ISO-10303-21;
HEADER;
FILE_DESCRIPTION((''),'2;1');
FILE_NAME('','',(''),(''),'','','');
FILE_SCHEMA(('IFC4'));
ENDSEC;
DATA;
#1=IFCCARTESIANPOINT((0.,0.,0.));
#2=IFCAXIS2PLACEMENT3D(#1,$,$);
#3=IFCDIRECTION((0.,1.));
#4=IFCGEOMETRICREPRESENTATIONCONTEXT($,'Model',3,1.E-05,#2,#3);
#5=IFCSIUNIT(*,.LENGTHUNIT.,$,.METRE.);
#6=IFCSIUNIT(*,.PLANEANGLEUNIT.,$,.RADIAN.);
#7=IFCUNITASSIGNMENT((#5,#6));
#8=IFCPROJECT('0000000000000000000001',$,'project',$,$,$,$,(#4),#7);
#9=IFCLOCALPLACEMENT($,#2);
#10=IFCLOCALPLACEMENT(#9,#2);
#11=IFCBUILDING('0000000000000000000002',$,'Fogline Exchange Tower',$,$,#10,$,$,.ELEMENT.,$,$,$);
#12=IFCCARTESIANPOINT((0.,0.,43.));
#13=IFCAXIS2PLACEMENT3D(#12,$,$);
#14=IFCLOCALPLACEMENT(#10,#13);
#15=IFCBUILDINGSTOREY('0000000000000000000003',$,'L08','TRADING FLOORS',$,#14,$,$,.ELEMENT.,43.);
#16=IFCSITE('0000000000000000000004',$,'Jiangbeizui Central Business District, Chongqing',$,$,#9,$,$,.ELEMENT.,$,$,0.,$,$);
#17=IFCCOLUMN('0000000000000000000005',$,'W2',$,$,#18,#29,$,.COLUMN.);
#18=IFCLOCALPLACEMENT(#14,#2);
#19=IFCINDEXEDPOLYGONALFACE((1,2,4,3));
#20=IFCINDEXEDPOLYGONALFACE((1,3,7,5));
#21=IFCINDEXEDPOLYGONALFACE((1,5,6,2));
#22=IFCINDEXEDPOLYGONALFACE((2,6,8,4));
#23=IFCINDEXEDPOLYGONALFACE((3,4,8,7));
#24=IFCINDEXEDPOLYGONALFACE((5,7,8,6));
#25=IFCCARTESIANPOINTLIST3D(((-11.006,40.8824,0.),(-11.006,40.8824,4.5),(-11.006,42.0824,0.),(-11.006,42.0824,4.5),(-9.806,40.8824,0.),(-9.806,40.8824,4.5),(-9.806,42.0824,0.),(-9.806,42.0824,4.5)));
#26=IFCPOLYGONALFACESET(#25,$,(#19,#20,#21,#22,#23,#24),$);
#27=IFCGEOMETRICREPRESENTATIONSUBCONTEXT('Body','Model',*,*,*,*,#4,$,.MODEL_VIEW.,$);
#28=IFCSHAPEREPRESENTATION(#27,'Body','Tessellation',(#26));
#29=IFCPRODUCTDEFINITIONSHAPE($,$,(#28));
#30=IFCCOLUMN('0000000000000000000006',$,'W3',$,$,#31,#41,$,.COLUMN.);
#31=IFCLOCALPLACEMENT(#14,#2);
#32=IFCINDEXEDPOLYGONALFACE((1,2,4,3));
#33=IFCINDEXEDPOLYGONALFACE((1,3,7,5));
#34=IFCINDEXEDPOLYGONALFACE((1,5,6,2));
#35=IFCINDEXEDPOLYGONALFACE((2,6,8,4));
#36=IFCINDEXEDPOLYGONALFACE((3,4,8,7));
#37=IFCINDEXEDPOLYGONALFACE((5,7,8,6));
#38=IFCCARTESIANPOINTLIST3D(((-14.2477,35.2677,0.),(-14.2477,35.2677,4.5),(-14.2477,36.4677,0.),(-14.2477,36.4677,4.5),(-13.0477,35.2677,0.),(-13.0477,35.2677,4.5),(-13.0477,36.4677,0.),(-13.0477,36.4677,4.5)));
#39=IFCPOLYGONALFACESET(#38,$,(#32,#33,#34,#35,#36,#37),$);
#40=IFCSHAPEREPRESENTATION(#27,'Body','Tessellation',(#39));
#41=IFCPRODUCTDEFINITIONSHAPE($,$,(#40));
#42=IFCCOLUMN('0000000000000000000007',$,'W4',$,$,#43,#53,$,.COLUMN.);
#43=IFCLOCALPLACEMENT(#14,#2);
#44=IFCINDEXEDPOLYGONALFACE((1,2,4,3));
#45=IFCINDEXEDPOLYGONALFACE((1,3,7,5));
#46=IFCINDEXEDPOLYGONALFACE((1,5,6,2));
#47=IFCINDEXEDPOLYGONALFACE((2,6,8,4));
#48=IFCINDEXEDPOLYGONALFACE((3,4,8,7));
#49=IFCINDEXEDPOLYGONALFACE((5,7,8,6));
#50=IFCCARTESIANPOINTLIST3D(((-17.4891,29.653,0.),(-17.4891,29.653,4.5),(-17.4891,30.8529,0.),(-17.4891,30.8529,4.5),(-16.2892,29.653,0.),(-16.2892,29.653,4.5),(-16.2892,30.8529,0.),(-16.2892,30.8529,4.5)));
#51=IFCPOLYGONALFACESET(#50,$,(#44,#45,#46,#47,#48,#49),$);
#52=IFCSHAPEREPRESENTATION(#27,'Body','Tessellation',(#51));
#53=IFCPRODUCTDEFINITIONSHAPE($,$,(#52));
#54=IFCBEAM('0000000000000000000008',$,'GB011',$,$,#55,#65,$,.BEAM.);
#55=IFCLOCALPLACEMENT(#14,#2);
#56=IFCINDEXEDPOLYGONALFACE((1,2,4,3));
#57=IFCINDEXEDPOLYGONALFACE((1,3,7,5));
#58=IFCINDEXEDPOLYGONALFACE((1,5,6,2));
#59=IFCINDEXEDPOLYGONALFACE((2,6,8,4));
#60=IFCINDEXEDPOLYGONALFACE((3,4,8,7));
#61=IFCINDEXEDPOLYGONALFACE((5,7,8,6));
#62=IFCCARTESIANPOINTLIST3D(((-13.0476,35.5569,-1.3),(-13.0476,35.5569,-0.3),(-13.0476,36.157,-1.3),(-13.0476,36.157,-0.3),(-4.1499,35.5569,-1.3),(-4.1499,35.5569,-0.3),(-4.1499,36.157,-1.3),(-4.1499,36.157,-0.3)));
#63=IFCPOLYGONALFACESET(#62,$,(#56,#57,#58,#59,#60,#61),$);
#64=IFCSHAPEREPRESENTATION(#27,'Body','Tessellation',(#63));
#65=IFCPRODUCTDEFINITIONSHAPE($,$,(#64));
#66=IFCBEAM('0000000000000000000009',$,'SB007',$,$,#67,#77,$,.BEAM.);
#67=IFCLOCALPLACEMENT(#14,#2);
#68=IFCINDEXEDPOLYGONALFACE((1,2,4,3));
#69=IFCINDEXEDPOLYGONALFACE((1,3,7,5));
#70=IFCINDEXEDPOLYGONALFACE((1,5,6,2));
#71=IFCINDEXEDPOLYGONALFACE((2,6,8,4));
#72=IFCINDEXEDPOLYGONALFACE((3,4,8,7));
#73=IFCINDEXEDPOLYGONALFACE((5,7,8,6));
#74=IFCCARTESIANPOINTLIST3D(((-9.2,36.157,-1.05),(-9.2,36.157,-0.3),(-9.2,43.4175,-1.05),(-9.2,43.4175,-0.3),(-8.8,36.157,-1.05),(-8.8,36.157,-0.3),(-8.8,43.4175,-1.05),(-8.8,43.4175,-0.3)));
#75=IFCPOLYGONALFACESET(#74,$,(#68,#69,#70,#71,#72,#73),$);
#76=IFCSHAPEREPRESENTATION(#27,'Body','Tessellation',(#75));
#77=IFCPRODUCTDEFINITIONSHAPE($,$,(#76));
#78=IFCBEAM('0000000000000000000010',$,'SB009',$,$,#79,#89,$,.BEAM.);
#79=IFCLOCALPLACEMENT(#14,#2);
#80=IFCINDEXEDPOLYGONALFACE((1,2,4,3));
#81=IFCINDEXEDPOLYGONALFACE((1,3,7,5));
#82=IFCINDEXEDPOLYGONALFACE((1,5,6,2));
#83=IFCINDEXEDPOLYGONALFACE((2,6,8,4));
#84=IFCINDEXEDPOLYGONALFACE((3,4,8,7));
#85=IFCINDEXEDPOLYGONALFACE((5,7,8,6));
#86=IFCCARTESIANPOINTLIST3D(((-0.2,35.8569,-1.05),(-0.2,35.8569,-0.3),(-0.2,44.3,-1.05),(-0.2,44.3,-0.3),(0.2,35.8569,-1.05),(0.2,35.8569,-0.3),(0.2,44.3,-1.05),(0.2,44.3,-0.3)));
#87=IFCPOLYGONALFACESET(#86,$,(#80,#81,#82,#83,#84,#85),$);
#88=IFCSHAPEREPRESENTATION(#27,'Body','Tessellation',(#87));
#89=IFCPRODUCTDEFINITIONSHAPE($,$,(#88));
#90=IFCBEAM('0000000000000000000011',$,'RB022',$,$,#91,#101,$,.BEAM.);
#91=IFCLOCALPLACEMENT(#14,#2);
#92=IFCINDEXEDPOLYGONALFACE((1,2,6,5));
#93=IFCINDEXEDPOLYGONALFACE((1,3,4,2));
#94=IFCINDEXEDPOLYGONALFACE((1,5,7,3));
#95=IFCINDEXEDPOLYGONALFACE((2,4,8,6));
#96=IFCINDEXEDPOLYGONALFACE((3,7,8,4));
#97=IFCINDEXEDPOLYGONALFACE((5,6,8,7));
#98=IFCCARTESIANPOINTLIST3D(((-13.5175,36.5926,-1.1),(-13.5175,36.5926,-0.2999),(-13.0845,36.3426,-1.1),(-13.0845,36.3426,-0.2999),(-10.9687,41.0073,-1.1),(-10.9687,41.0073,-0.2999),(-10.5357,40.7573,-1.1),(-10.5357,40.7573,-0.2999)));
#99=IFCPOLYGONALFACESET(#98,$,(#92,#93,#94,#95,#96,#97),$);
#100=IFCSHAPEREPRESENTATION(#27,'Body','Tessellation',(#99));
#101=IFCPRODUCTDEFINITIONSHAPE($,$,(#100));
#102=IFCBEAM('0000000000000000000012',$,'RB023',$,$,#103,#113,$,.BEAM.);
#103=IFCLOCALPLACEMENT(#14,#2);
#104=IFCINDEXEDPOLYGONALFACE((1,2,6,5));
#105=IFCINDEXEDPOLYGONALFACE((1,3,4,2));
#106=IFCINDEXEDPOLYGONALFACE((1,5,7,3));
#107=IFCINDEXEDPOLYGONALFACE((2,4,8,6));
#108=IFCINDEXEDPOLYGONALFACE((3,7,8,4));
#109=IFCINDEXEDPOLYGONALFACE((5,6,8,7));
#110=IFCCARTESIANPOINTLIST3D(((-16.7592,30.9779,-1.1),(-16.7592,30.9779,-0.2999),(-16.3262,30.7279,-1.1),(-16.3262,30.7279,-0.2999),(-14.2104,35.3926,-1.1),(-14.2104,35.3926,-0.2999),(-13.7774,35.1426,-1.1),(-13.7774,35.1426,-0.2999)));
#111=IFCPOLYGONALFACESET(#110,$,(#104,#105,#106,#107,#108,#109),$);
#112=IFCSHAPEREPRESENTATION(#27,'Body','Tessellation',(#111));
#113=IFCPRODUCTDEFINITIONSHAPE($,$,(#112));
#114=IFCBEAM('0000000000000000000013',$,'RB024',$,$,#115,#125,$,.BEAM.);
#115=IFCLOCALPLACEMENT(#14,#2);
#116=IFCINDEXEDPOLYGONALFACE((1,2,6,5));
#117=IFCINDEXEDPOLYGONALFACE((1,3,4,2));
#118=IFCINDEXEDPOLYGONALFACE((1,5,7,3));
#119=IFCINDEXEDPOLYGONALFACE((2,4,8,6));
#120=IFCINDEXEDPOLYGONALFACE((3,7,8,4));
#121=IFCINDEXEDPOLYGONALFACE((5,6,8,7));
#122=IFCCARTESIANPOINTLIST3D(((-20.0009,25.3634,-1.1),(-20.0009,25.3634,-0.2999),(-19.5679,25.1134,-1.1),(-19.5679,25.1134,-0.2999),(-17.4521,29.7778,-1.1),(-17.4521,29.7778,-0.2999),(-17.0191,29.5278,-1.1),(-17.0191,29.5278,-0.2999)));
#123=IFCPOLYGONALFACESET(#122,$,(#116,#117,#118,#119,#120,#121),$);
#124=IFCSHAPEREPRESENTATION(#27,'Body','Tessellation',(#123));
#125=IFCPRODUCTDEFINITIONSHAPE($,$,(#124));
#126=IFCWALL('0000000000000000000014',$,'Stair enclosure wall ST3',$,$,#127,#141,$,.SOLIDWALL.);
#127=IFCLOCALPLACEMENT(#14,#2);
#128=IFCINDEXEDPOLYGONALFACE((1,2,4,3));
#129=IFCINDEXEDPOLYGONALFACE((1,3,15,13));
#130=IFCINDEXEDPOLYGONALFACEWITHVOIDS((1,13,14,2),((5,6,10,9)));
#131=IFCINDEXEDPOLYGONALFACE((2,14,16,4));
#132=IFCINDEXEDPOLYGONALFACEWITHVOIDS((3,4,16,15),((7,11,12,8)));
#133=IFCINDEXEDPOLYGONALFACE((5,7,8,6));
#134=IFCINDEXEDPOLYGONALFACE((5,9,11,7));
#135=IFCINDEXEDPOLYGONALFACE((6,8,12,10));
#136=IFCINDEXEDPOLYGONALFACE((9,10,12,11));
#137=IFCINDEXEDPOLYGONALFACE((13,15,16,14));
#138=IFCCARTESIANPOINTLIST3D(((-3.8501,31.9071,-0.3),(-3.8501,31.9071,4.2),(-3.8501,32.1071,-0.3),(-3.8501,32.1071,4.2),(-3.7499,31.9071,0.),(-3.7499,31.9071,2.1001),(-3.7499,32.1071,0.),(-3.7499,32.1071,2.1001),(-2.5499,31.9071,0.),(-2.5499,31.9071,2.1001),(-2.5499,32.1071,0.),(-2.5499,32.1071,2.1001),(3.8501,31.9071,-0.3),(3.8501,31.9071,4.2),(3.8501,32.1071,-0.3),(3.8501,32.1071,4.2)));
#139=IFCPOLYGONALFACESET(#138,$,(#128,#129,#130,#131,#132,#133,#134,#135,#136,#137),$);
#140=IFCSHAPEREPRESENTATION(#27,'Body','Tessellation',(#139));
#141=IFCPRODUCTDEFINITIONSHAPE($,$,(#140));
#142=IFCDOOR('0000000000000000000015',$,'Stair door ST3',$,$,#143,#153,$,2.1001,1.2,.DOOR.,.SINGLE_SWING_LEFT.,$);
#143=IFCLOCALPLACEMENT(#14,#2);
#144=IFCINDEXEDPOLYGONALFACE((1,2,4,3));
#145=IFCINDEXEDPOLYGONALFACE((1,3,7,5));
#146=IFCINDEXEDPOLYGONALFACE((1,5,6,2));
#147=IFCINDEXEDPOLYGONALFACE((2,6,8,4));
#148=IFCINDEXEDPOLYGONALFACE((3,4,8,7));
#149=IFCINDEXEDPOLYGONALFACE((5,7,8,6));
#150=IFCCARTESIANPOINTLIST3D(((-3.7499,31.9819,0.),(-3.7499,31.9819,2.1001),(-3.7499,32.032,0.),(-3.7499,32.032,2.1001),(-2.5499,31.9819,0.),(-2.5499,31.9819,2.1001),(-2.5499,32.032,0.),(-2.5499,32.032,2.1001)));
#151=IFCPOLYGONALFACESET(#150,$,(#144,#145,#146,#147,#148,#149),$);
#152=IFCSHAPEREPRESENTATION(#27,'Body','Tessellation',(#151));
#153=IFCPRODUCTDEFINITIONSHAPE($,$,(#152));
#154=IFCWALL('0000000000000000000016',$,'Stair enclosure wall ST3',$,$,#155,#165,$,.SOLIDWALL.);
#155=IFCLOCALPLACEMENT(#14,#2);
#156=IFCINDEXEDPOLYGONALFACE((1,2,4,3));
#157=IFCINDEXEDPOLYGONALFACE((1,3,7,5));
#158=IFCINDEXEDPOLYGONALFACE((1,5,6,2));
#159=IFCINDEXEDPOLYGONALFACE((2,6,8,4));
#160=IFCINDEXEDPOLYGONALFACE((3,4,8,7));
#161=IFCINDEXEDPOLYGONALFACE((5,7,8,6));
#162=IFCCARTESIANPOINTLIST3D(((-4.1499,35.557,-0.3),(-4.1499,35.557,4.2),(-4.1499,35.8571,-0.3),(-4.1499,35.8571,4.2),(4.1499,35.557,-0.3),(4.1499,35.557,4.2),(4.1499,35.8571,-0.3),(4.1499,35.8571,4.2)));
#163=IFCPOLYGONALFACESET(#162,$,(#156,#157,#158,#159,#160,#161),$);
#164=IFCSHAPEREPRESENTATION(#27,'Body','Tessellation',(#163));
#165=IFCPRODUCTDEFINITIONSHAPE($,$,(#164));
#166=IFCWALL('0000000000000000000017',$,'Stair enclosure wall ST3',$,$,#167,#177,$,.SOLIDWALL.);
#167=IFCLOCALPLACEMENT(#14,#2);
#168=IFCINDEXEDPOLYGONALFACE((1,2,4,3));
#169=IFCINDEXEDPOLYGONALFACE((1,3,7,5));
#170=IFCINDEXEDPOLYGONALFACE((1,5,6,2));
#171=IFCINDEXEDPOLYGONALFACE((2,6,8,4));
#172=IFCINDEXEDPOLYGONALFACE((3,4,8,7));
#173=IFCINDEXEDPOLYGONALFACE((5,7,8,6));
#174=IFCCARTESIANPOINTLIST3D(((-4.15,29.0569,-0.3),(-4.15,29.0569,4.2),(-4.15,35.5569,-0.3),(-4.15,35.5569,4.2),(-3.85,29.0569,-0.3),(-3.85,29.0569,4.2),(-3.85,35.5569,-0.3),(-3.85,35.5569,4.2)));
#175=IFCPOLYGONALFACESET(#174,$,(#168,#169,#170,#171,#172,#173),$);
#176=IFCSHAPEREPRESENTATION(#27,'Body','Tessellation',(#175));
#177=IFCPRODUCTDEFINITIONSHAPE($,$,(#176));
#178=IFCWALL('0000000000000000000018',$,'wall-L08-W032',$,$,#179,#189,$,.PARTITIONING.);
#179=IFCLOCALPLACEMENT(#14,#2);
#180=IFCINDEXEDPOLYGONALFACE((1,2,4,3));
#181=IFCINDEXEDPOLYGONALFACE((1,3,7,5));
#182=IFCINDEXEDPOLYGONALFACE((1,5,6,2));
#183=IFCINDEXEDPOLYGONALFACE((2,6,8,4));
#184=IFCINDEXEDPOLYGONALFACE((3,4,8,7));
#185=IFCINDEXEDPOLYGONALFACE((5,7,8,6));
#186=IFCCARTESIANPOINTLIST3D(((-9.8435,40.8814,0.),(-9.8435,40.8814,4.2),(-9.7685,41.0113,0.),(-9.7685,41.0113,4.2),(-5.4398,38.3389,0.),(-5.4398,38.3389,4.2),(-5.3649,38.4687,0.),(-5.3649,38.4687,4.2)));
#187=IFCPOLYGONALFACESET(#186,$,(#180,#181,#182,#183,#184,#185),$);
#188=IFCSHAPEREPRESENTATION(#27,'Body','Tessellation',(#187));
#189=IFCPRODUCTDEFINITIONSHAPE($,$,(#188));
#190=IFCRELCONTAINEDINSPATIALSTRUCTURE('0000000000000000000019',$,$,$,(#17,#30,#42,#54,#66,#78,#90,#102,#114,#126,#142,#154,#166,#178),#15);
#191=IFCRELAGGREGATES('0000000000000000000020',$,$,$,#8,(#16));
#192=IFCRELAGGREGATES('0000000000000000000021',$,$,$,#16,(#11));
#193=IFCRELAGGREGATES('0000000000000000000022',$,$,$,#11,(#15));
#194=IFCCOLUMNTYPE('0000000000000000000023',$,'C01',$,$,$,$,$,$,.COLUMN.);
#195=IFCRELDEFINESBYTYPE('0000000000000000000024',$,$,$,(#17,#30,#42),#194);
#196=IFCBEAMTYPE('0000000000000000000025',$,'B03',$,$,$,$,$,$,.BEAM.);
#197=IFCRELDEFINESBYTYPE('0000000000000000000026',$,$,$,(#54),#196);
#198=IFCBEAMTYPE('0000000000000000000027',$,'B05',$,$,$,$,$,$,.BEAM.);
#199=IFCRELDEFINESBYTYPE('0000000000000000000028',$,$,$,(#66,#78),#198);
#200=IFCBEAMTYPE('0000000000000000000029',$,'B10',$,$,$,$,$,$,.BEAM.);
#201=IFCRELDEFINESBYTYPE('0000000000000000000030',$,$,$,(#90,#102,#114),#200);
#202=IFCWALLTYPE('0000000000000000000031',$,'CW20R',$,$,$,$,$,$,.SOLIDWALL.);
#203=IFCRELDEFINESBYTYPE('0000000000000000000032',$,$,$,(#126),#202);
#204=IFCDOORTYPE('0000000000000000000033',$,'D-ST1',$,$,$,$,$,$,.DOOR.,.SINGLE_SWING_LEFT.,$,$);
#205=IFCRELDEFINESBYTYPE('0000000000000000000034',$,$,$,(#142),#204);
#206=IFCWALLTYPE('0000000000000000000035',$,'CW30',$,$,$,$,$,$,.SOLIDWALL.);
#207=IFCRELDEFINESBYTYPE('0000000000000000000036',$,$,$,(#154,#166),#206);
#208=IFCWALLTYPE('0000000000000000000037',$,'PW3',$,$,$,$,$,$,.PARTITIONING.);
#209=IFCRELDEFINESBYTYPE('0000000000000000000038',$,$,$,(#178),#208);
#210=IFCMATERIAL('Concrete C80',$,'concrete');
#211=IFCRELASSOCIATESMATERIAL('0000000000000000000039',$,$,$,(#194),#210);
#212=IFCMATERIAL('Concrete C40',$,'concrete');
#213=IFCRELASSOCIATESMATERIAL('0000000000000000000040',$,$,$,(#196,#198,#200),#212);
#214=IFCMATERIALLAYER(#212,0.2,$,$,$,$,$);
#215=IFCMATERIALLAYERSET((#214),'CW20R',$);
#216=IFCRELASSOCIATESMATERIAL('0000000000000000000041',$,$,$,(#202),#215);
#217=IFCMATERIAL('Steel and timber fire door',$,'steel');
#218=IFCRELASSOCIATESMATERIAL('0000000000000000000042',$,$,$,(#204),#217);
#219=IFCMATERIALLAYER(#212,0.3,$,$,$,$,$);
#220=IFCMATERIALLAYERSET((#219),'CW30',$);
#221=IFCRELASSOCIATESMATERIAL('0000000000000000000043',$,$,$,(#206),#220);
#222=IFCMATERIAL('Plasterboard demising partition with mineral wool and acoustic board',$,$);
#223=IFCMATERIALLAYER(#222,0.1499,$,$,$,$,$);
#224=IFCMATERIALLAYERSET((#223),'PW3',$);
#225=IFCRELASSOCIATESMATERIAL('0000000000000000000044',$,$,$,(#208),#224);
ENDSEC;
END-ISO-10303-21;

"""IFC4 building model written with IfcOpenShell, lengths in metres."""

from ifc_helpers import new_model, si_unit, direction, frame, frame_2d, origin, origin_2d, place, context, subcontext, project, spatial, rectangle, extrude, material, layer, layer_set, material_profile, profile_set, type_object, element, fill, save


model = new_model("IFC4")

# Units and contexts
model_context = context("Model", 3, precision=1e-05, world=origin(), true_north=direction((0.0, 1.0)))
body_context = subcontext(model_context, "Body", "Model", "MODEL_VIEW")
ifc_project = project(units=[si_unit("LENGTHUNIT", "METRE"), si_unit("PLANEANGLEUNIT", "RADIAN")], contexts=[model_context])

# Site, building, storey
site_placement = place(None, origin())
site = spatial("IfcSite", under=ifc_project, at=site_placement, Name="Jiangbeizui Central Business District, Chongqing", CompositionType="ELEMENT", RefElevation=0.0)
building_placement = place(site_placement, origin())
building = spatial("IfcBuilding", under=site, at=building_placement, Name="Fogline Exchange Tower", CompositionType="ELEMENT")
storey_placement = place(building_placement, frame((0.0, 0.0, 43.0)))
storey = spatial("IfcBuildingStorey", under=building, at=storey_placement, Name="L08", Description="TRADING FLOORS", CompositionType="ELEMENT", Elevation=43.0)

# Columns
ifc_material_1 = material(Name="Concrete C80", Category="concrete")
ifc_material_profile_1 = material_profile(ifc_material_1, rectangle(XDim=1.2, YDim=1.2, at=origin_2d()), Name="RC 1200x1200")
ifc_profile_set_1 = profile_set([ifc_material_profile_1], Name="Concrete C80")
column_type = type_object("IfcColumnType", Name="C01", PredefinedType="COLUMN", material=ifc_profile_set_1)
for number, where, z_axis, x_axis, name in (
    (1, (-10.406, 41.4824, 0.0), (0.0, 0.0, 1.0), (1.0, 0.0, 0.0), "W2"),
    (2, (-13.6477, 35.8677, 0.0), (0.0, 0.0, 1.0), (1.0, 0.0, 0.0), "W3"),
    (3, (-16.8892, 30.2529, 0.0), (0.0, 0.0, 1.0), (1.0, 0.0, 0.0), "W4"),
):
    element("IfcColumn", number, at=place(storey_placement, frame(where, z_axis=z_axis, x_axis=x_axis)), inside=storey, type_object=column_type, Name=name, PredefinedType="COLUMN", context=body_context, shape_type="SweptSolid", body=[
        extrude(rectangle(XDim=1.2, YDim=1.2, at=origin_2d()), origin(), (0.0, 0.0, 1.0), 4.5),
    ])

# Beams
ifc_material_2 = material(Name="Concrete C40", Category="concrete")
ifc_material_profile_2 = material_profile(ifc_material_2, rectangle(XDim=0.6001, YDim=1.0, at=origin_2d()), Name="RC 600x1000")
ifc_profile_set_2 = profile_set([ifc_material_profile_2], Name="Concrete C40")
beam_type_1 = type_object("IfcBeamType", Name="B03", PredefinedType="BEAM", material=ifc_profile_set_2)
beam_1_placement = place(storey_placement, frame((-13.0476, 35.8569, -0.8), z_axis=(1.0, 0.0, 0.0), x_axis=(0.0, 1.0, 0.0)))
element("IfcBeam", 4, at=beam_1_placement, inside=storey, type_object=beam_type_1, Name="GB011", PredefinedType="BEAM", context=body_context, shape_type="SweptSolid", body=[
    extrude(rectangle(XDim=0.6001, YDim=1.0, at=origin_2d()), origin(), (0.0, 0.0, 1.0), 8.8977),
])
ifc_material_profile_3 = material_profile(ifc_material_2, rectangle(XDim=0.3999, YDim=0.75, at=origin_2d()), Name="RC 400x750")
ifc_profile_set_3 = profile_set([ifc_material_profile_3], Name="Concrete C40")
beam_type_2 = type_object("IfcBeamType", Name="B05", PredefinedType="BEAM", material=ifc_profile_set_3)
beam_2_placement = place(storey_placement, frame((-9.0, 36.157, -0.675), z_axis=(0.0, 1.0, 0.0), x_axis=(-1.0, 0.0, 0.0)))
element("IfcBeam", 5, at=beam_2_placement, inside=storey, type_object=beam_type_2, Name="SB007", PredefinedType="BEAM", context=body_context, shape_type="SweptSolid", body=[
    extrude(rectangle(XDim=0.3999, YDim=0.75, at=origin_2d()), origin(), (0.0, 0.0, 1.0), 7.2605),
])
beam_3_placement = place(storey_placement, frame((0.0, 35.8569, -0.675), z_axis=(0.0, 1.0, 0.0), x_axis=(-1.0, 0.0, 0.0)))
element("IfcBeam", 6, at=beam_3_placement, inside=storey, type_object=beam_type_2, Name="SB009", PredefinedType="BEAM", context=body_context, shape_type="SweptSolid", body=[
    extrude(rectangle(XDim=0.3999, YDim=0.75, at=origin_2d()), origin(), (0.0, 0.0, 1.0), 8.4431),
])
ifc_material_profile_4 = material_profile(ifc_material_2, rectangle(XDim=0.5, YDim=0.8, at=origin_2d()), Name="RC 500x800")
ifc_profile_set_4 = profile_set([ifc_material_profile_4], Name="Concrete C40")
beam_type_3 = type_object("IfcBeamType", Name="B10", PredefinedType="BEAM", material=ifc_profile_set_4)
for number, where, z_axis, x_axis, name in (
    (7, (-10.7522, 40.8823, -0.7), (-0.499992, -0.86603, 0.0), (0.86603, -0.499992, 0.0), "RB022"),
    (8, (-13.9939, 35.2676, -0.7), (-0.499992, -0.86603, 0.0), (0.86603, -0.499992, 0.0), "RB023"),
):
    element("IfcBeam", number, at=place(storey_placement, frame(where, z_axis=z_axis, x_axis=x_axis)), inside=storey, type_object=beam_type_3, Name=name, PredefinedType="BEAM", context=body_context, shape_type="SweptSolid", body=[
        extrude(rectangle(XDim=0.5, YDim=0.8, at=origin_2d()), origin(), (0.0, 0.0, 1.0), 5.0977),
    ])
beam_4_placement = place(storey_placement, frame((-17.2356, 29.6528, -0.7), z_axis=(-0.500013, -0.866018, 0.0), x_axis=(0.866018, -0.500013, 0.0)))
element("IfcBeam", 9, at=beam_4_placement, inside=storey, type_object=beam_type_3, Name="RB024", PredefinedType="BEAM", context=body_context, shape_type="SweptSolid", body=[
    extrude(rectangle(XDim=0.5, YDim=0.8, at=origin_2d()), origin(), (0.0, 0.0, 1.0), 5.0974),
])

# Wall, opening, door
ifc_layer_1 = layer(ifc_material_2, 0.2)
ifc_layer_set_1 = layer_set([ifc_layer_1], Name="CW20R")
wall_type_1 = type_object("IfcWallType", Name="CW20R", PredefinedType="SOLIDWALL", material=ifc_layer_set_1)
wall_1_placement = place(storey_placement, frame((-3.8501, 32.0071, -0.3), z_axis=(0.0, 0.0, 1.0), x_axis=(1.0, 0.0, 0.0)))
wall_1 = element("IfcWall", 10, at=wall_1_placement, inside=storey, type_object=wall_type_1, Name="Stair enclosure wall ST3", PredefinedType="SOLIDWALL", context=body_context, shape_type="SweptSolid", body=[
    extrude(rectangle(XDim=7.7002, YDim=0.2, at=frame_2d((3.8501, 0.0))), origin(), (0.0, 0.0, 1.0), 4.5),
])
opening_placement = place(wall_1_placement, frame((0.1001, 0.0, 0.3)))
opening = element("IfcOpeningElement", 11, at=opening_placement, cuts=wall_1, PredefinedType="OPENING", context=body_context, shape_type="SweptSolid", body=[
    extrude(rectangle(XDim=1.2, YDim=2.1001, at=frame_2d((0.6001, 1.05))), frame((0.0, 0.1099, 0.0), z_axis=(0.0, -1.0, 0.0), x_axis=(1.0, 0.0, 0.0)), (0.0, 0.0, 1.0), 0.22),
])
ifc_material_3 = material(Name="Steel and timber fire door", Category="steel")
door_type = type_object("IfcDoorType", Name="D-ST1", OperationType="SINGLE_SWING_LEFT", PredefinedType="DOOR", material=ifc_material_3)
door_placement = place(opening_placement, origin())
door = element("IfcDoor", 12, at=door_placement, inside=storey, type_object=door_type, Name="Stair door ST3", OperationType="SINGLE_SWING_LEFT", OverallHeight=2.1001, OverallWidth=1.2, PredefinedType="DOOR", context=body_context, shape_type="SweptSolid", body=[
    extrude(rectangle(XDim=1.2, YDim=2.1001, at=frame_2d((0.6001, 1.05))), frame((0.0, 0.0249, 0.0), z_axis=(0.0, -1.0, 0.0), x_axis=(1.0, 0.0, 0.0)), (0.0, 0.0, 1.0), 0.05),
])
fill(opening, door)

# Walls
ifc_layer_2 = layer(ifc_material_2, 0.3)
ifc_layer_set_2 = layer_set([ifc_layer_2], Name="CW30")
wall_type_2 = type_object("IfcWallType", Name="CW30", PredefinedType="SOLIDWALL", material=ifc_layer_set_2)
wall_2_placement = place(storey_placement, frame((-4.1499, 35.707, -0.3), z_axis=(0.0, 0.0, 1.0), x_axis=(1.0, 0.0, 0.0)))
element("IfcWall", 13, at=wall_2_placement, inside=storey, type_object=wall_type_2, Name="Stair enclosure wall ST3", PredefinedType="SOLIDWALL", context=body_context, shape_type="SweptSolid", body=[
    extrude(rectangle(XDim=8.2998, YDim=0.3, at=frame_2d((4.1499, 0.0))), origin(), (0.0, 0.0, 1.0), 4.5),
])
wall_3_placement = place(storey_placement, frame((-4.0, 29.0569, -0.3), z_axis=(0.0, 0.0, 1.0), x_axis=(0.0, 1.0, 0.0)))
element("IfcWall", 14, at=wall_3_placement, inside=storey, type_object=wall_type_2, Name="Stair enclosure wall ST3", PredefinedType="SOLIDWALL", context=body_context, shape_type="SweptSolid", body=[
    extrude(rectangle(XDim=6.5, YDim=0.3, at=frame_2d((3.25, 0.0))), origin(), (0.0, 0.0, 1.0), 4.5),
])
ifc_material_4 = material(Name="Plasterboard demising partition with mineral wool and acoustic board")
ifc_layer_3 = layer(ifc_material_4, 0.1499)
ifc_layer_set_3 = layer_set([ifc_layer_3], Name="PW3")
wall_type_3 = type_object("IfcWallType", Name="PW3", PredefinedType="PARTITIONING", material=ifc_layer_set_3)
wall_4_placement = place(storey_placement, frame((-5.4023, 38.4038, 0.0), z_axis=(0.0, 0.0, 1.0), x_axis=(-0.866018, 0.500012, 0.0)))
element("IfcWall", 15, at=wall_4_placement, inside=storey, type_object=wall_type_3, Name="wall-L08-W032", PredefinedType="PARTITIONING", context=body_context, shape_type="SweptSolid", body=[
    extrude(rectangle(XDim=5.085, YDim=0.1499, at=frame_2d((2.5425, 0.0))), origin(), (0.0, 0.0, 1.0), 4.2),
])

save(model, "model.ifc")
